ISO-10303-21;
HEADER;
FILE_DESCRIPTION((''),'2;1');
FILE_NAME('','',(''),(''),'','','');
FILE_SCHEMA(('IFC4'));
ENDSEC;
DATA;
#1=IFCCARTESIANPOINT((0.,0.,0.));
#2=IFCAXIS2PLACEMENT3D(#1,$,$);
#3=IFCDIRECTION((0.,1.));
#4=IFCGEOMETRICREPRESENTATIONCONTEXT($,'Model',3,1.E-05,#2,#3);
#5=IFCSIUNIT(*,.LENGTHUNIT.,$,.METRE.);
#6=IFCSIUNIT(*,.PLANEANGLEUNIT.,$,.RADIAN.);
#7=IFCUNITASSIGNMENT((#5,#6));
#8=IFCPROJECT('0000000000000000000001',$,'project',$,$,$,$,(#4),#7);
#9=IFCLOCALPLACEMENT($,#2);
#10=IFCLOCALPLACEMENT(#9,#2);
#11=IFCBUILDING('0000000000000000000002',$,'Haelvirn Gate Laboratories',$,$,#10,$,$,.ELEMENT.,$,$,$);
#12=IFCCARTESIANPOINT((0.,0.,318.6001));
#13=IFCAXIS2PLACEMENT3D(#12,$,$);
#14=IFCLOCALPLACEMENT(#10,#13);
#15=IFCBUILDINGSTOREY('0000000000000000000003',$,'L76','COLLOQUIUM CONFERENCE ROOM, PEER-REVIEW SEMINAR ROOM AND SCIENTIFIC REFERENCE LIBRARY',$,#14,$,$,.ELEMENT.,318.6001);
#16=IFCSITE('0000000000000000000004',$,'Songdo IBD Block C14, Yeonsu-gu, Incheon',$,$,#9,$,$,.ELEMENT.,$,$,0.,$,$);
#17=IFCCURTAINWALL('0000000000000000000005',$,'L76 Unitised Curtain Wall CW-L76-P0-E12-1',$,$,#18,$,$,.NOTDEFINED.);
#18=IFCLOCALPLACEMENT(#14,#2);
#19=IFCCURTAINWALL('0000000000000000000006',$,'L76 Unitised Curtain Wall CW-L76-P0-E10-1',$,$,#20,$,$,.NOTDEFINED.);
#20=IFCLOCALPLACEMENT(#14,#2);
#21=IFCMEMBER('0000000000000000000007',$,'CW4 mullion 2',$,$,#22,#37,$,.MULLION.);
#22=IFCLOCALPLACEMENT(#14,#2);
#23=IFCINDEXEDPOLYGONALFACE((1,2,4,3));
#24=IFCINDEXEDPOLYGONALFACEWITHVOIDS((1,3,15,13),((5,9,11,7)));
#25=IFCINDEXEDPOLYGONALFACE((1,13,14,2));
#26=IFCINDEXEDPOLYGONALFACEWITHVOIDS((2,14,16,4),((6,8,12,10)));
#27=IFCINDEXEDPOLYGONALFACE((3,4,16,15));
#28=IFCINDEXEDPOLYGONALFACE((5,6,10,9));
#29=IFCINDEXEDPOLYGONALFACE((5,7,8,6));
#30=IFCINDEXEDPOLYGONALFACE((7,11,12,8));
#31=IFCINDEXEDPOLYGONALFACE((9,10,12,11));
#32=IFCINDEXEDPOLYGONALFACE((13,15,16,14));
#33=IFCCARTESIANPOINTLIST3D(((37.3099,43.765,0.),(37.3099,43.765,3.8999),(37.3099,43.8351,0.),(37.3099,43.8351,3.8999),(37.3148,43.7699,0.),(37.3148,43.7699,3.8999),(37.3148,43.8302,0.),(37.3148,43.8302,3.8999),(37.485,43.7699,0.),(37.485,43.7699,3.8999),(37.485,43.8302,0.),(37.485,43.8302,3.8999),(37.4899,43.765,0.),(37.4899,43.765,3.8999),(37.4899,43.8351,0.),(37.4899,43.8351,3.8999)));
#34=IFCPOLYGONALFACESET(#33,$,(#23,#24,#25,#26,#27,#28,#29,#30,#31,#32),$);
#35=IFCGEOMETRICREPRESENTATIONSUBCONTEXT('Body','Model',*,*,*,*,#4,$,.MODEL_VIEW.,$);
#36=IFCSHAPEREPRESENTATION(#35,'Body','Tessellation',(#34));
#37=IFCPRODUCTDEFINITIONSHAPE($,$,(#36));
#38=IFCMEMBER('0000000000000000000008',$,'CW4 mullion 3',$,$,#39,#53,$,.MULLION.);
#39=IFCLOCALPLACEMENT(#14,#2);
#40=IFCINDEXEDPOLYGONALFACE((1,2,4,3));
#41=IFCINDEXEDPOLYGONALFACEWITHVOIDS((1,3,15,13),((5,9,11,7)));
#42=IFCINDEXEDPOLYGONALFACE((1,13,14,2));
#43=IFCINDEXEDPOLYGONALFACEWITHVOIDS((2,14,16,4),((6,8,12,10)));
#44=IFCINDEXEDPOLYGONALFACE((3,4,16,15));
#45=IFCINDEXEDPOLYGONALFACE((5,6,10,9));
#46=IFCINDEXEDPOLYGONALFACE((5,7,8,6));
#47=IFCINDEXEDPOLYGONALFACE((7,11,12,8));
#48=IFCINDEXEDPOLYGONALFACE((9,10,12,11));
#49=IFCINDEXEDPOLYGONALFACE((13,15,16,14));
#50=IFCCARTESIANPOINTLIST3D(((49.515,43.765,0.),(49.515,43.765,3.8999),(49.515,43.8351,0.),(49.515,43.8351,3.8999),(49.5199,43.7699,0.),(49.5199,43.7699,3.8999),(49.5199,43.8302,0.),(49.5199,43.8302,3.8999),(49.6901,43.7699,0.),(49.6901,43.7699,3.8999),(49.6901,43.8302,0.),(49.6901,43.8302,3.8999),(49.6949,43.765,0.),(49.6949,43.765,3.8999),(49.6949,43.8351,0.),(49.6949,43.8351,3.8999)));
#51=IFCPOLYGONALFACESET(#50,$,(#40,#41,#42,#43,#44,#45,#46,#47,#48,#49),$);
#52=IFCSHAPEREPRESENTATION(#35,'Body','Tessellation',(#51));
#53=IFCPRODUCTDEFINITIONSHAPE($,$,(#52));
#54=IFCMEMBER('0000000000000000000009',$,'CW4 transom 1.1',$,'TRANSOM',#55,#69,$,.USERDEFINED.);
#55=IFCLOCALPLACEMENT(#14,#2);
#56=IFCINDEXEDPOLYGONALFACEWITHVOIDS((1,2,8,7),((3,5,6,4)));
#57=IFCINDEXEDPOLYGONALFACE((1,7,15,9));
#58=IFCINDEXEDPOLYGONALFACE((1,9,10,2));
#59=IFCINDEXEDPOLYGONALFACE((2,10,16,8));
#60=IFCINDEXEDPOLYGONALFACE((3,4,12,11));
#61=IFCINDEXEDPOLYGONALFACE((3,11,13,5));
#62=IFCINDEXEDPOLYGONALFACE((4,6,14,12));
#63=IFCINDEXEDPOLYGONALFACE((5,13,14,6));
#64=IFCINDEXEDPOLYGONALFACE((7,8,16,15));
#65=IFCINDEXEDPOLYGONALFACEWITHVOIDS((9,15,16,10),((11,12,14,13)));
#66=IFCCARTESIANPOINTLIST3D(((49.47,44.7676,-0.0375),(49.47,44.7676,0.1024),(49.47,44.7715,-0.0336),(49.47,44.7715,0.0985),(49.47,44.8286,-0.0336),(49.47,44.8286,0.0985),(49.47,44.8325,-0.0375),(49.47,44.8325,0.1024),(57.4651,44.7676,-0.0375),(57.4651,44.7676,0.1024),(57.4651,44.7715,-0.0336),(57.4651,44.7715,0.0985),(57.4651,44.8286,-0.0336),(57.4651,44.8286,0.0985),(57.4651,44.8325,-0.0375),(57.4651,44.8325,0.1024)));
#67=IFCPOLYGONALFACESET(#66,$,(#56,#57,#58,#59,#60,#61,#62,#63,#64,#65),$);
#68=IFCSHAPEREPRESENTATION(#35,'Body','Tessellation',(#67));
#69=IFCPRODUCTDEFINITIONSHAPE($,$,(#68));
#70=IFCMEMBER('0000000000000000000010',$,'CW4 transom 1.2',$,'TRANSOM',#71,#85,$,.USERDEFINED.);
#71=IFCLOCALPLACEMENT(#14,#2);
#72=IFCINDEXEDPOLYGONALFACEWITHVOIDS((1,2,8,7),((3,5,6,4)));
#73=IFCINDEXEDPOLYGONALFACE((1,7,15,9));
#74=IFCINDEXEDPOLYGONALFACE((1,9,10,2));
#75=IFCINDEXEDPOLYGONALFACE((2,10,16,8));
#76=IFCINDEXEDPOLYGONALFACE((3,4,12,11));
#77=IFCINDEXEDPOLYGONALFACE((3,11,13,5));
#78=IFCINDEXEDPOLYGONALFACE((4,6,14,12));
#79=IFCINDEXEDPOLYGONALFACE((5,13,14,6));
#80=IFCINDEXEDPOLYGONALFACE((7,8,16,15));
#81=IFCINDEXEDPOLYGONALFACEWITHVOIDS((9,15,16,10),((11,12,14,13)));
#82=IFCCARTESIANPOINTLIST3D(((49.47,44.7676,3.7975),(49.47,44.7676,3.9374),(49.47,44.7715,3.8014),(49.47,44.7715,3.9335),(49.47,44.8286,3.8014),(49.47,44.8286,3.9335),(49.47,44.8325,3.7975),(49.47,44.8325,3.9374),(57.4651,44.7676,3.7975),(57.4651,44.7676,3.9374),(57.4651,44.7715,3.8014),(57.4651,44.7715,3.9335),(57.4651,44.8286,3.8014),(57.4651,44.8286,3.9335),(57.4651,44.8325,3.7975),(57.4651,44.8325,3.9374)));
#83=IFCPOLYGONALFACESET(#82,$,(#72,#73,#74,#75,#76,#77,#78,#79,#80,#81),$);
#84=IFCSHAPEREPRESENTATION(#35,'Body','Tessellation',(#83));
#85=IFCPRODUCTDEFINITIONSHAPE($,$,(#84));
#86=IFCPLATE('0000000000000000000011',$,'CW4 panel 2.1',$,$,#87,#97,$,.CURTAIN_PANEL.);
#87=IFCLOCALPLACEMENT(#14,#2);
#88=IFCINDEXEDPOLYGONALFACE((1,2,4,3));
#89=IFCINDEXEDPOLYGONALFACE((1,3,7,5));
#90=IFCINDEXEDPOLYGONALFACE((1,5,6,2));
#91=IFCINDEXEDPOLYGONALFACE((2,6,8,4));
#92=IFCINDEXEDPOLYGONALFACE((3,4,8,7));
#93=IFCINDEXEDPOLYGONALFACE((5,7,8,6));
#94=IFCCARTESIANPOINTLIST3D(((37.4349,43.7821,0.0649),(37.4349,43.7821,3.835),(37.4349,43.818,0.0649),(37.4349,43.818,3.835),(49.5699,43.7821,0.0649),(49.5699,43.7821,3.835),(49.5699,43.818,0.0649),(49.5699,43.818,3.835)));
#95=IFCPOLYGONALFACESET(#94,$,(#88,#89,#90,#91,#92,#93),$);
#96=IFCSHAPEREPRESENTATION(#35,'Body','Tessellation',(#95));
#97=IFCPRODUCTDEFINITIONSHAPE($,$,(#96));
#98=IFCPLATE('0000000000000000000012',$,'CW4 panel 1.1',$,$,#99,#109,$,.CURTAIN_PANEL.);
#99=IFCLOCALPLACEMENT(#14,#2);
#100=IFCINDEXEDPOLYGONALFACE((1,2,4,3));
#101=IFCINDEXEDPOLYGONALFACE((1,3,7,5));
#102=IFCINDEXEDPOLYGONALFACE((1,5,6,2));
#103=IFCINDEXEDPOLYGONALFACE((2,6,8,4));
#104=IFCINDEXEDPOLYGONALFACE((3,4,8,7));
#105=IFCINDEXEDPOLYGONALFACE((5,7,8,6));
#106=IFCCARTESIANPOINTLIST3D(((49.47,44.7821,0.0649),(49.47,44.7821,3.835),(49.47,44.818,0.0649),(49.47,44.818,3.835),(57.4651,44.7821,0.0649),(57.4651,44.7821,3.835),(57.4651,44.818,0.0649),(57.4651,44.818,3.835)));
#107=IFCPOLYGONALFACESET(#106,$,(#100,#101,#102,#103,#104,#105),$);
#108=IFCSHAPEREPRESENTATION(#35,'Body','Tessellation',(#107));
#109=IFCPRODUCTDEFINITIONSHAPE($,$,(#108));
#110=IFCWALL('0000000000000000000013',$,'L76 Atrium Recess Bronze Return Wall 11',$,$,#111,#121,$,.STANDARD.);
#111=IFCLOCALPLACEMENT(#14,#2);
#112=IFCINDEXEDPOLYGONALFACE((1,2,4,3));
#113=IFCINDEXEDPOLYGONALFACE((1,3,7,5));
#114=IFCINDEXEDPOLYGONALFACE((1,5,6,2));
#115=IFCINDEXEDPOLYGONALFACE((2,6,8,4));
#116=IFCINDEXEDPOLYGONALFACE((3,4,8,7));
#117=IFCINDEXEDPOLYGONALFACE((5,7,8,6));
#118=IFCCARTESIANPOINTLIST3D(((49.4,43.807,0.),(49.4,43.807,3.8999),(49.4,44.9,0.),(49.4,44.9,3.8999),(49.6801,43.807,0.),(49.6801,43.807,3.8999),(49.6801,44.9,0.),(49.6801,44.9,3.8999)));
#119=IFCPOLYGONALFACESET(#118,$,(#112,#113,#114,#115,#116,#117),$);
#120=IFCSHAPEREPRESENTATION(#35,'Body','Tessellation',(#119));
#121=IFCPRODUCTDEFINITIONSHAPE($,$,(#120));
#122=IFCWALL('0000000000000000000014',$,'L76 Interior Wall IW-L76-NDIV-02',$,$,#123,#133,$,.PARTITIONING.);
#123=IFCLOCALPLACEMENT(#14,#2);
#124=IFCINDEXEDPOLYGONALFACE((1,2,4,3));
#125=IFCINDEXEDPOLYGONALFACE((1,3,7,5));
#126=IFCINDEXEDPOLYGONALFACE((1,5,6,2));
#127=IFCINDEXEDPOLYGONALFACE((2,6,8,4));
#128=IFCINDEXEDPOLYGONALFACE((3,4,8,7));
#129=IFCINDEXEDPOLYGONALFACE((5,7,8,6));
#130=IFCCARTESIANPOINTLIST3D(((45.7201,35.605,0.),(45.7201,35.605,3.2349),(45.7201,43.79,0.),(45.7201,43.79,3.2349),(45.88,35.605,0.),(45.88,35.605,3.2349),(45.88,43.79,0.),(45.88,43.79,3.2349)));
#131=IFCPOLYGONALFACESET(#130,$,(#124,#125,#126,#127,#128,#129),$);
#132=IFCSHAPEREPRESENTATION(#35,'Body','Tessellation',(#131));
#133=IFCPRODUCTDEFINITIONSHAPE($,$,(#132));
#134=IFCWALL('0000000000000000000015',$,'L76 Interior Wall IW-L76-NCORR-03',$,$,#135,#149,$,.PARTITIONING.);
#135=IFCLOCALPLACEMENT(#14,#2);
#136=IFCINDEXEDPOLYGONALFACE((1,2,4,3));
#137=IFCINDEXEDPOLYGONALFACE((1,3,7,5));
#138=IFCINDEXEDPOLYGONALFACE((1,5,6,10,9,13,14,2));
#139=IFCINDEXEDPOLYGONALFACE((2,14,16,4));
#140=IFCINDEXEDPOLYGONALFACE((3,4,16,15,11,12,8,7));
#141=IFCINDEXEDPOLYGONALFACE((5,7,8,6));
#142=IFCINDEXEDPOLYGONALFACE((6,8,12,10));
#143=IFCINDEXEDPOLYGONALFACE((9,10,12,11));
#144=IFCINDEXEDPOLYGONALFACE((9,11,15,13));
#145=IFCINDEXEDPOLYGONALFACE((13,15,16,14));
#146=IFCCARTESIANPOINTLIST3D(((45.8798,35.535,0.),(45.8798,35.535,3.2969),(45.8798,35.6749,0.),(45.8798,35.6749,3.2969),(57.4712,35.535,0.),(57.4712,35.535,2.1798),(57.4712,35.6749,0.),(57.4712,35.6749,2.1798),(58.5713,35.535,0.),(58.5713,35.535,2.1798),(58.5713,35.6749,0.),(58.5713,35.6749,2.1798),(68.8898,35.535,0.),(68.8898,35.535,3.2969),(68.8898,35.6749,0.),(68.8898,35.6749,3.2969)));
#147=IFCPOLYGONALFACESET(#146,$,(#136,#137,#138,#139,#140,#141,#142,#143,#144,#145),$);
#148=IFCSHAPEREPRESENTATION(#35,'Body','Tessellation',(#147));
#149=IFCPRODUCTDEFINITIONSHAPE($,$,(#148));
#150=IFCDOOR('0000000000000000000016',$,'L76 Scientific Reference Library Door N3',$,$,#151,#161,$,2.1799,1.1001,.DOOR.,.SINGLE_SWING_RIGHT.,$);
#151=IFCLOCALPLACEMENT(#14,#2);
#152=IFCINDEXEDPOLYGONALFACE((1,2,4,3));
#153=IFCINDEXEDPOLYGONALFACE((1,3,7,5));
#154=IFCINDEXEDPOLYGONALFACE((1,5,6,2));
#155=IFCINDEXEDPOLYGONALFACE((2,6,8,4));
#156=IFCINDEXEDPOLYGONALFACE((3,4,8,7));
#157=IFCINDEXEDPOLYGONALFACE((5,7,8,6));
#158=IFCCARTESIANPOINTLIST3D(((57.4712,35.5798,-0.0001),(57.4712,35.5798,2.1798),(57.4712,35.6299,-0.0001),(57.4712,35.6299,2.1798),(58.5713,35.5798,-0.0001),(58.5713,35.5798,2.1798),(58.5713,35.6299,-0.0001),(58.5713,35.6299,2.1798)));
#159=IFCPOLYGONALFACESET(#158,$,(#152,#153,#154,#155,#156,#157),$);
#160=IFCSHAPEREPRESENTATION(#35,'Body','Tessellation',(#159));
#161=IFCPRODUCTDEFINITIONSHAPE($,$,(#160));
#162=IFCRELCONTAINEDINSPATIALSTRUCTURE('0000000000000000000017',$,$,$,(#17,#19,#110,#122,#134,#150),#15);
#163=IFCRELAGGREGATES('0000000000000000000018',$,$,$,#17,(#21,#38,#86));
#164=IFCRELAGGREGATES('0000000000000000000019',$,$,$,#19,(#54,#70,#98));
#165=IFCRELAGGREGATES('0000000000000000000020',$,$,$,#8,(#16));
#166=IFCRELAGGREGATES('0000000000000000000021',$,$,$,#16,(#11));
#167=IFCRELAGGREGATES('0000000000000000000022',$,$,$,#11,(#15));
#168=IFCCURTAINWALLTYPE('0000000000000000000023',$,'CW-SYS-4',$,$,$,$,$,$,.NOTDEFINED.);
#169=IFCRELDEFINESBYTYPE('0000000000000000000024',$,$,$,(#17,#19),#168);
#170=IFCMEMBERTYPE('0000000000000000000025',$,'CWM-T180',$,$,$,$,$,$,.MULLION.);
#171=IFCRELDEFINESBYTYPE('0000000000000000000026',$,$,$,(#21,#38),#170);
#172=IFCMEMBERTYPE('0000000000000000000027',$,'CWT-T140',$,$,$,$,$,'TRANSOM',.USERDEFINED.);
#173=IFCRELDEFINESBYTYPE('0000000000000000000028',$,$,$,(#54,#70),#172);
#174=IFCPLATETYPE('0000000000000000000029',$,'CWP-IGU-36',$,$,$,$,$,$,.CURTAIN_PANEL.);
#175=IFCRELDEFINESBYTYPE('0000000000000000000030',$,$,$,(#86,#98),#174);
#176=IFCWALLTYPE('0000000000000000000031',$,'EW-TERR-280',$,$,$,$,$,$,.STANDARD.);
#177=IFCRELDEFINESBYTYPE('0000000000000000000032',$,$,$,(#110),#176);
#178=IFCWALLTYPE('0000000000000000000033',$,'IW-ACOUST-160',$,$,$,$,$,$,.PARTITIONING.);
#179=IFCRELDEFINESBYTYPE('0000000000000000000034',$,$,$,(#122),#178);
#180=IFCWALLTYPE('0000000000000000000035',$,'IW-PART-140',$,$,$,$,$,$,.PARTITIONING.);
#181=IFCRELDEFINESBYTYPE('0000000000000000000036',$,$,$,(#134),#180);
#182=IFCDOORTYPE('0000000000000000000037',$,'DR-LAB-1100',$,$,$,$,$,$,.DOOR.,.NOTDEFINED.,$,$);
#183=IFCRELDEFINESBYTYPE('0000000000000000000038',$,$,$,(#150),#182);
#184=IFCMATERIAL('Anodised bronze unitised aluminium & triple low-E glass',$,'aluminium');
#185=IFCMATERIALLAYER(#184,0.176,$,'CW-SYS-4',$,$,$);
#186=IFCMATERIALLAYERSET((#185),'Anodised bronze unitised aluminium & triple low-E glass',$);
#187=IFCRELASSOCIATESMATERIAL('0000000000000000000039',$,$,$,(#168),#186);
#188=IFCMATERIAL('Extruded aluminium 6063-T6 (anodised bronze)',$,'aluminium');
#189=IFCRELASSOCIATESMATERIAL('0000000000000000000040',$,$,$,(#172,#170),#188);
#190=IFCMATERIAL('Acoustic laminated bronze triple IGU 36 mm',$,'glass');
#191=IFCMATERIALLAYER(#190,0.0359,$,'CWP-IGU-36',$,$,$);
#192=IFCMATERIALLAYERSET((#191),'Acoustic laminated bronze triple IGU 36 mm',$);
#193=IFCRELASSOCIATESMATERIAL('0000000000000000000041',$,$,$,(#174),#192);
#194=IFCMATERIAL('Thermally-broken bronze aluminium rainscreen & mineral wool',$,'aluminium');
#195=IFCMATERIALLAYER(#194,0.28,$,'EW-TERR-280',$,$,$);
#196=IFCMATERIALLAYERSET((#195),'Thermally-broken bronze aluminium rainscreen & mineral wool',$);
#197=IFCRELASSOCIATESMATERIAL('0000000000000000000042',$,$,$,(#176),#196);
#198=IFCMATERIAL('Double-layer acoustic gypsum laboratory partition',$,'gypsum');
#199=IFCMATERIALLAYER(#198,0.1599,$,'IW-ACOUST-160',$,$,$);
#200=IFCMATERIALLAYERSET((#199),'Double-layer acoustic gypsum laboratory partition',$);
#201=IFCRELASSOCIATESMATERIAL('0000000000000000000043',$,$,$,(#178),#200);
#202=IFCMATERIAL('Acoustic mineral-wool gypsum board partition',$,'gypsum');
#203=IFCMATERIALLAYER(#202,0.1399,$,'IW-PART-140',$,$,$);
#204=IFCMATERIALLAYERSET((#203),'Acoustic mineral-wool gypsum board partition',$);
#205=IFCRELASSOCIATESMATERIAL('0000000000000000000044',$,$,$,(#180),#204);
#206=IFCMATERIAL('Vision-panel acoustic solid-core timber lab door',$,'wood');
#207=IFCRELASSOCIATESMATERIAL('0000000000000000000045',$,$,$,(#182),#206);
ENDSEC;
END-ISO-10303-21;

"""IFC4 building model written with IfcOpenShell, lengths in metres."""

from ifc_helpers import new_model, si_unit, direction, frame, frame_2d, origin, origin_2d, place, context, subcontext, project, spatial, rectangle, hollow_rectangle, extrude, source, transform, mapped, material, layer, layer_set, material_profile, profile_set, type_object, type_shapes, element, fill, aggregate, save


model = new_model("IFC4")

# Units and contexts
model_context = context("Model", 3, precision=1e-05, world=origin(), true_north=direction((0.0, 1.0)))
body_context = subcontext(model_context, "Body", "Model", "MODEL_VIEW")
ifc_project = project(units=[si_unit("LENGTHUNIT", "METRE"), si_unit("PLANEANGLEUNIT", "RADIAN")], contexts=[model_context])

# Site, building, storey
site_placement = place(None, origin())
site = spatial("IfcSite", under=ifc_project, at=site_placement, Name="Songdo IBD Block C14, Yeonsu-gu, Incheon", CompositionType="ELEMENT", RefElevation=0.0)
building_placement = place(site_placement, origin())
building = spatial("IfcBuilding", under=site, at=building_placement, Name="Haelvirn Gate Laboratories", CompositionType="ELEMENT")
storey_placement = place(building_placement, frame((0.0, 0.0, 318.6001)))
storey = spatial("IfcBuildingStorey", under=building, at=storey_placement, Name="L76", Description="COLLOQUIUM CONFERENCE ROOM, PEER-REVIEW SEMINAR ROOM AND SCIENTIFIC REFERENCE LIBRARY", CompositionType="ELEMENT", Elevation=318.6001)

# Curtain wall
ifc_material_1 = material(Name="Anodised bronze unitised aluminium & triple low-E glass", Category="aluminium")
ifc_layer_1 = layer(ifc_material_1, 0.176, Name="CW-SYS-4")
ifc_layer_set_1 = layer_set([ifc_layer_1], Name="Anodised bronze unitised aluminium & triple low-E glass")
curtain_wall_type = type_object("IfcCurtainWallType", Name="CW-SYS-4", PredefinedType="NOTDEFINED", material=ifc_layer_set_1)
curtain_wall_1_placement = place(storey_placement, origin())
curtain_wall_1 = element("IfcCurtainWall", 1, at=curtain_wall_1_placement, inside=storey, type_object=curtain_wall_type, Name="L76 Unitised Curtain Wall CW-L76-P0-E12-1", PredefinedType="NOTDEFINED")
ifc_material_2 = material(Name="Extruded aluminium 6063-T6 (anodised bronze)", Category="aluminium")
ifc_material_profile_1 = material_profile(ifc_material_2, hollow_rectangle(XDim=0.0649, YDim=0.1399, WallThickness=0.0039, at=origin_2d()), Name="CWT-140x65x4")
ifc_profile_set_1 = profile_set([ifc_material_profile_1], Name="Extruded aluminium 6063-T6 (anodised bronze)")
member_type_1 = type_object("IfcMemberType", Name="CWT-T140", ElementType="TRANSOM", PredefinedType="USERDEFINED", material=ifc_profile_set_1)

# Curtain wall
curtain_wall_2_placement = place(storey_placement, origin())
curtain_wall_2 = element("IfcCurtainWall", 2, at=curtain_wall_2_placement, inside=storey, type_object=curtain_wall_type, Name="L76 Unitised Curtain Wall CW-L76-P0-E10-1", PredefinedType="NOTDEFINED")
ifc_material_profile_2 = material_profile(ifc_material_2, hollow_rectangle(XDim=0.0701, YDim=0.1799, WallThickness=0.0049, at=origin_2d()), Name="CWM-180x70x5")
ifc_profile_set_2 = profile_set([ifc_material_profile_2], Name="Extruded aluminium 6063-T6 (anodised bronze)")
member_type_2 = type_object("IfcMemberType", Name="CWM-T180", PredefinedType="MULLION", material=ifc_profile_set_2)
shared_shape_1 = source(origin(), body_context, "Body", "SweptSolid", [
    extrude(hollow_rectangle(XDim=0.0701, YDim=0.1799, WallThickness=0.0049, at=origin_2d()), origin(), (0.0, 0.0, 1.0), 3.8999),
])
type_shapes(member_type_2, [shared_shape_1])

# Members
member_1_placement = place(storey_placement, frame((37.3999, 43.8, 0.0), z_axis=(0.0, 0.0, 1.0), x_axis=(0.0, 1.0, 0.0)))
member_1 = element("IfcMember", 3, at=member_1_placement, type_object=member_type_2, Name="CW4 mullion 2", PredefinedType="MULLION", context=body_context, shape_type="MappedRepresentation", body=[
    mapped(shared_shape_1, transform((0.0, 0.0, 0.0), scale=1.0)),
])
member_2_placement = place(storey_placement, frame((49.605, 43.8, 0.0), z_axis=(0.0, 0.0, 1.0), x_axis=(0.0, 1.0, 0.0)))
member_2 = element("IfcMember", 4, at=member_2_placement, type_object=member_type_2, Name="CW4 mullion 3", PredefinedType="MULLION", context=body_context, shape_type="MappedRepresentation", body=[
    mapped(shared_shape_1, transform((0.0, 0.0, 0.0), scale=1.0)),
])
shared_shape_2 = source(origin(), body_context, "Body", "SweptSolid", [
    extrude(hollow_rectangle(XDim=0.0649, YDim=0.1399, WallThickness=0.0039, at=origin_2d()), origin(), (0.0, 0.0, 1.0), 7.9951),
])
member_3_placement = place(storey_placement, frame((49.47, 44.8, 0.0325), z_axis=(1.0, 0.0, 0.0), x_axis=(0.0, 1.0, 0.0)))
member_3 = element("IfcMember", 5, at=member_3_placement, type_object=member_type_1, Name="CW4 transom 1.1", ObjectType="TRANSOM", PredefinedType="USERDEFINED", context=body_context, shape_type="MappedRepresentation", body=[
    mapped(shared_shape_2, transform((0.0, 0.0, 0.0), scale=1.0)),
])
member_4_placement = place(storey_placement, frame((49.47, 44.8, 3.8674), z_axis=(1.0, 0.0, 0.0), x_axis=(0.0, 1.0, 0.0)))
member_4 = element("IfcMember", 6, at=member_4_placement, type_object=member_type_1, Name="CW4 transom 1.2", ObjectType="TRANSOM", PredefinedType="USERDEFINED", context=body_context, shape_type="MappedRepresentation", body=[
    mapped(shared_shape_2, transform((0.0, 0.0, 0.0), scale=1.0)),
])

# Plates
ifc_material_3 = material(Name="Acoustic laminated bronze triple IGU 36 mm", Category="glass")
ifc_layer_2 = layer(ifc_material_3, 0.0359, Name="CWP-IGU-36")
ifc_layer_set_2 = layer_set([ifc_layer_2], Name="Acoustic laminated bronze triple IGU 36 mm")
plate_type = type_object("IfcPlateType", Name="CWP-IGU-36", PredefinedType="CURTAIN_PANEL", material=ifc_layer_set_2)
shared_shape_3 = source(origin(), body_context, "Body", "SweptSolid", [
    extrude(rectangle(XDim=12.135, YDim=0.0359, at=origin_2d()), origin(), (0.0, 0.0, 1.0), 3.77),
])
plate_1_placement = place(storey_placement, frame((43.5024, 43.8, 0.0649), z_axis=(0.0, 0.0, 1.0), x_axis=(1.0, 0.0, 0.0)))
plate_1 = element("IfcPlate", 7, at=plate_1_placement, type_object=plate_type, Name="CW4 panel 2.1", PredefinedType="CURTAIN_PANEL", context=body_context, shape_type="MappedRepresentation", body=[
    mapped(shared_shape_3, transform((0.0, 0.0, 0.0), scale=1.0)),
])
aggregate(curtain_wall_1, [member_1, member_2, plate_1])
shared_shape_4 = source(origin(), body_context, "Body", "SweptSolid", [
    extrude(rectangle(XDim=7.9951, YDim=0.0359, at=origin_2d()), origin(), (0.0, 0.0, 1.0), 3.77),
])
type_shapes(plate_type, [shared_shape_3, shared_shape_4])
plate_2_placement = place(storey_placement, frame((53.4675, 44.8, 0.0649), z_axis=(0.0, 0.0, 1.0), x_axis=(1.0, 0.0, 0.0)))
plate_2 = element("IfcPlate", 8, at=plate_2_placement, type_object=plate_type, Name="CW4 panel 1.1", PredefinedType="CURTAIN_PANEL", context=body_context, shape_type="MappedRepresentation", body=[
    mapped(shared_shape_4, transform((0.0, 0.0, 0.0), scale=1.0)),
])
aggregate(curtain_wall_2, [member_3, member_4, plate_2])

# Walls
ifc_material_4 = material(Name="Thermally-broken bronze aluminium rainscreen & mineral wool", Category="aluminium")
ifc_layer_3 = layer(ifc_material_4, 0.28, Name="EW-TERR-280")
ifc_layer_set_3 = layer_set([ifc_layer_3], Name="Thermally-broken bronze aluminium rainscreen & mineral wool")
wall_type_1 = type_object("IfcWallType", Name="EW-TERR-280", PredefinedType="STANDARD", material=ifc_layer_set_3)
wall_1_placement = place(storey_placement, frame((49.54, 44.8999, 0.0), z_axis=(0.0, 0.0, 1.0), x_axis=(0.0, -1.0, 0.0)))
element("IfcWall", 9, at=wall_1_placement, inside=storey, type_object=wall_type_1, Name="L76 Atrium Recess Bronze Return Wall 11", PredefinedType="STANDARD", context=body_context, shape_type="SweptSolid", body=[
    extrude(rectangle(XDim=1.093, YDim=0.28, at=frame_2d((0.5464, 0.0))), origin(), (0.0, 0.0, 1.0), 3.8999),
])
ifc_material_5 = material(Name="Double-layer acoustic gypsum laboratory partition", Category="gypsum")
ifc_layer_4 = layer(ifc_material_5, 0.1599, Name="IW-ACOUST-160")
ifc_layer_set_4 = layer_set([ifc_layer_4], Name="Double-layer acoustic gypsum laboratory partition")
wall_type_2 = type_object("IfcWallType", Name="IW-ACOUST-160", PredefinedType="PARTITIONING", material=ifc_layer_set_4)
wall_2_placement = place(storey_placement, frame((45.8, 35.605, 0.0), z_axis=(0.0, 0.0, 1.0), x_axis=(0.0, 1.0, 0.0)))
element("IfcWall", 10, at=wall_2_placement, inside=storey, type_object=wall_type_2, Name="L76 Interior Wall IW-L76-NDIV-02", PredefinedType="PARTITIONING", context=body_context, shape_type="SweptSolid", body=[
    extrude(rectangle(XDim=8.1851, YDim=0.1599, at=frame_2d((4.0925, 0.0))), origin(), (0.0, 0.0, 1.0), 3.2349),
])

# Wall, opening, door
ifc_material_6 = material(Name="Acoustic mineral-wool gypsum board partition", Category="gypsum")
ifc_layer_5 = layer(ifc_material_6, 0.1399, Name="IW-PART-140")
ifc_layer_set_5 = layer_set([ifc_layer_5], Name="Acoustic mineral-wool gypsum board partition")
wall_type_3 = type_object("IfcWallType", Name="IW-PART-140", PredefinedType="PARTITIONING", material=ifc_layer_set_5)
wall_3_placement = place(storey_placement, frame((45.8799, 35.605, 0.0), z_axis=(0.0, 0.0, 1.0), x_axis=(1.0, 0.0, 0.0)))
wall_3 = element("IfcWall", 11, at=wall_3_placement, inside=storey, type_object=wall_type_3, Name="L76 Interior Wall IW-L76-NCORR-03", PredefinedType="PARTITIONING", context=body_context, shape_type="SweptSolid", body=[
    extrude(rectangle(XDim=23.01, YDim=0.1399, at=frame_2d((11.5049, 0.0))), origin(), (0.0, 0.0, 1.0), 3.2969),
])
opening_placement = place(wall_3_placement, frame((11.5913, 0.0, 0.0)))
opening = element("IfcOpeningElement", 12, at=opening_placement, cuts=wall_3, PredefinedType="OPENING", context=body_context, shape_type="SweptSolid", body=[
    extrude(rectangle(XDim=1.1001, YDim=2.1799, at=frame_2d((0.55, 1.0898))), frame((0.0, 0.0801, 0.0), z_axis=(0.0, -1.0, 0.0), x_axis=(1.0, 0.0, 0.0)), (0.0, 0.0, 1.0), 0.1599),
])
ifc_material_7 = material(Name="Vision-panel acoustic solid-core timber lab door", Category="wood")
door_type = type_object("IfcDoorType", Name="DR-LAB-1100", OperationType="NOTDEFINED", PredefinedType="DOOR", material=ifc_material_7)
shared_shape_5 = source(origin(), body_context, "Body", "SweptSolid", [
    extrude(rectangle(XDim=1.1001, YDim=2.1799, at=frame_2d((0.55, 1.0898))), frame((0.0, 0.0249, 0.0), z_axis=(0.0, -1.0, 0.0), x_axis=(1.0, 0.0, 0.0)), (0.0, 0.0, 1.0), 0.05),
])
type_shapes(door_type, [shared_shape_5])
door_placement = place(opening_placement, origin())
door = element("IfcDoor", 13, at=door_placement, inside=storey, type_object=door_type, Name="L76 Scientific Reference Library Door N3", OperationType="SINGLE_SWING_RIGHT", OverallHeight=2.1799, OverallWidth=1.1001, PredefinedType="DOOR", context=body_context, shape_type="MappedRepresentation", body=[
    mapped(shared_shape_5, transform((0.0, 0.0, 0.0), scale=1.0)),
])
fill(opening, door)

save(model, "model.ifc")
